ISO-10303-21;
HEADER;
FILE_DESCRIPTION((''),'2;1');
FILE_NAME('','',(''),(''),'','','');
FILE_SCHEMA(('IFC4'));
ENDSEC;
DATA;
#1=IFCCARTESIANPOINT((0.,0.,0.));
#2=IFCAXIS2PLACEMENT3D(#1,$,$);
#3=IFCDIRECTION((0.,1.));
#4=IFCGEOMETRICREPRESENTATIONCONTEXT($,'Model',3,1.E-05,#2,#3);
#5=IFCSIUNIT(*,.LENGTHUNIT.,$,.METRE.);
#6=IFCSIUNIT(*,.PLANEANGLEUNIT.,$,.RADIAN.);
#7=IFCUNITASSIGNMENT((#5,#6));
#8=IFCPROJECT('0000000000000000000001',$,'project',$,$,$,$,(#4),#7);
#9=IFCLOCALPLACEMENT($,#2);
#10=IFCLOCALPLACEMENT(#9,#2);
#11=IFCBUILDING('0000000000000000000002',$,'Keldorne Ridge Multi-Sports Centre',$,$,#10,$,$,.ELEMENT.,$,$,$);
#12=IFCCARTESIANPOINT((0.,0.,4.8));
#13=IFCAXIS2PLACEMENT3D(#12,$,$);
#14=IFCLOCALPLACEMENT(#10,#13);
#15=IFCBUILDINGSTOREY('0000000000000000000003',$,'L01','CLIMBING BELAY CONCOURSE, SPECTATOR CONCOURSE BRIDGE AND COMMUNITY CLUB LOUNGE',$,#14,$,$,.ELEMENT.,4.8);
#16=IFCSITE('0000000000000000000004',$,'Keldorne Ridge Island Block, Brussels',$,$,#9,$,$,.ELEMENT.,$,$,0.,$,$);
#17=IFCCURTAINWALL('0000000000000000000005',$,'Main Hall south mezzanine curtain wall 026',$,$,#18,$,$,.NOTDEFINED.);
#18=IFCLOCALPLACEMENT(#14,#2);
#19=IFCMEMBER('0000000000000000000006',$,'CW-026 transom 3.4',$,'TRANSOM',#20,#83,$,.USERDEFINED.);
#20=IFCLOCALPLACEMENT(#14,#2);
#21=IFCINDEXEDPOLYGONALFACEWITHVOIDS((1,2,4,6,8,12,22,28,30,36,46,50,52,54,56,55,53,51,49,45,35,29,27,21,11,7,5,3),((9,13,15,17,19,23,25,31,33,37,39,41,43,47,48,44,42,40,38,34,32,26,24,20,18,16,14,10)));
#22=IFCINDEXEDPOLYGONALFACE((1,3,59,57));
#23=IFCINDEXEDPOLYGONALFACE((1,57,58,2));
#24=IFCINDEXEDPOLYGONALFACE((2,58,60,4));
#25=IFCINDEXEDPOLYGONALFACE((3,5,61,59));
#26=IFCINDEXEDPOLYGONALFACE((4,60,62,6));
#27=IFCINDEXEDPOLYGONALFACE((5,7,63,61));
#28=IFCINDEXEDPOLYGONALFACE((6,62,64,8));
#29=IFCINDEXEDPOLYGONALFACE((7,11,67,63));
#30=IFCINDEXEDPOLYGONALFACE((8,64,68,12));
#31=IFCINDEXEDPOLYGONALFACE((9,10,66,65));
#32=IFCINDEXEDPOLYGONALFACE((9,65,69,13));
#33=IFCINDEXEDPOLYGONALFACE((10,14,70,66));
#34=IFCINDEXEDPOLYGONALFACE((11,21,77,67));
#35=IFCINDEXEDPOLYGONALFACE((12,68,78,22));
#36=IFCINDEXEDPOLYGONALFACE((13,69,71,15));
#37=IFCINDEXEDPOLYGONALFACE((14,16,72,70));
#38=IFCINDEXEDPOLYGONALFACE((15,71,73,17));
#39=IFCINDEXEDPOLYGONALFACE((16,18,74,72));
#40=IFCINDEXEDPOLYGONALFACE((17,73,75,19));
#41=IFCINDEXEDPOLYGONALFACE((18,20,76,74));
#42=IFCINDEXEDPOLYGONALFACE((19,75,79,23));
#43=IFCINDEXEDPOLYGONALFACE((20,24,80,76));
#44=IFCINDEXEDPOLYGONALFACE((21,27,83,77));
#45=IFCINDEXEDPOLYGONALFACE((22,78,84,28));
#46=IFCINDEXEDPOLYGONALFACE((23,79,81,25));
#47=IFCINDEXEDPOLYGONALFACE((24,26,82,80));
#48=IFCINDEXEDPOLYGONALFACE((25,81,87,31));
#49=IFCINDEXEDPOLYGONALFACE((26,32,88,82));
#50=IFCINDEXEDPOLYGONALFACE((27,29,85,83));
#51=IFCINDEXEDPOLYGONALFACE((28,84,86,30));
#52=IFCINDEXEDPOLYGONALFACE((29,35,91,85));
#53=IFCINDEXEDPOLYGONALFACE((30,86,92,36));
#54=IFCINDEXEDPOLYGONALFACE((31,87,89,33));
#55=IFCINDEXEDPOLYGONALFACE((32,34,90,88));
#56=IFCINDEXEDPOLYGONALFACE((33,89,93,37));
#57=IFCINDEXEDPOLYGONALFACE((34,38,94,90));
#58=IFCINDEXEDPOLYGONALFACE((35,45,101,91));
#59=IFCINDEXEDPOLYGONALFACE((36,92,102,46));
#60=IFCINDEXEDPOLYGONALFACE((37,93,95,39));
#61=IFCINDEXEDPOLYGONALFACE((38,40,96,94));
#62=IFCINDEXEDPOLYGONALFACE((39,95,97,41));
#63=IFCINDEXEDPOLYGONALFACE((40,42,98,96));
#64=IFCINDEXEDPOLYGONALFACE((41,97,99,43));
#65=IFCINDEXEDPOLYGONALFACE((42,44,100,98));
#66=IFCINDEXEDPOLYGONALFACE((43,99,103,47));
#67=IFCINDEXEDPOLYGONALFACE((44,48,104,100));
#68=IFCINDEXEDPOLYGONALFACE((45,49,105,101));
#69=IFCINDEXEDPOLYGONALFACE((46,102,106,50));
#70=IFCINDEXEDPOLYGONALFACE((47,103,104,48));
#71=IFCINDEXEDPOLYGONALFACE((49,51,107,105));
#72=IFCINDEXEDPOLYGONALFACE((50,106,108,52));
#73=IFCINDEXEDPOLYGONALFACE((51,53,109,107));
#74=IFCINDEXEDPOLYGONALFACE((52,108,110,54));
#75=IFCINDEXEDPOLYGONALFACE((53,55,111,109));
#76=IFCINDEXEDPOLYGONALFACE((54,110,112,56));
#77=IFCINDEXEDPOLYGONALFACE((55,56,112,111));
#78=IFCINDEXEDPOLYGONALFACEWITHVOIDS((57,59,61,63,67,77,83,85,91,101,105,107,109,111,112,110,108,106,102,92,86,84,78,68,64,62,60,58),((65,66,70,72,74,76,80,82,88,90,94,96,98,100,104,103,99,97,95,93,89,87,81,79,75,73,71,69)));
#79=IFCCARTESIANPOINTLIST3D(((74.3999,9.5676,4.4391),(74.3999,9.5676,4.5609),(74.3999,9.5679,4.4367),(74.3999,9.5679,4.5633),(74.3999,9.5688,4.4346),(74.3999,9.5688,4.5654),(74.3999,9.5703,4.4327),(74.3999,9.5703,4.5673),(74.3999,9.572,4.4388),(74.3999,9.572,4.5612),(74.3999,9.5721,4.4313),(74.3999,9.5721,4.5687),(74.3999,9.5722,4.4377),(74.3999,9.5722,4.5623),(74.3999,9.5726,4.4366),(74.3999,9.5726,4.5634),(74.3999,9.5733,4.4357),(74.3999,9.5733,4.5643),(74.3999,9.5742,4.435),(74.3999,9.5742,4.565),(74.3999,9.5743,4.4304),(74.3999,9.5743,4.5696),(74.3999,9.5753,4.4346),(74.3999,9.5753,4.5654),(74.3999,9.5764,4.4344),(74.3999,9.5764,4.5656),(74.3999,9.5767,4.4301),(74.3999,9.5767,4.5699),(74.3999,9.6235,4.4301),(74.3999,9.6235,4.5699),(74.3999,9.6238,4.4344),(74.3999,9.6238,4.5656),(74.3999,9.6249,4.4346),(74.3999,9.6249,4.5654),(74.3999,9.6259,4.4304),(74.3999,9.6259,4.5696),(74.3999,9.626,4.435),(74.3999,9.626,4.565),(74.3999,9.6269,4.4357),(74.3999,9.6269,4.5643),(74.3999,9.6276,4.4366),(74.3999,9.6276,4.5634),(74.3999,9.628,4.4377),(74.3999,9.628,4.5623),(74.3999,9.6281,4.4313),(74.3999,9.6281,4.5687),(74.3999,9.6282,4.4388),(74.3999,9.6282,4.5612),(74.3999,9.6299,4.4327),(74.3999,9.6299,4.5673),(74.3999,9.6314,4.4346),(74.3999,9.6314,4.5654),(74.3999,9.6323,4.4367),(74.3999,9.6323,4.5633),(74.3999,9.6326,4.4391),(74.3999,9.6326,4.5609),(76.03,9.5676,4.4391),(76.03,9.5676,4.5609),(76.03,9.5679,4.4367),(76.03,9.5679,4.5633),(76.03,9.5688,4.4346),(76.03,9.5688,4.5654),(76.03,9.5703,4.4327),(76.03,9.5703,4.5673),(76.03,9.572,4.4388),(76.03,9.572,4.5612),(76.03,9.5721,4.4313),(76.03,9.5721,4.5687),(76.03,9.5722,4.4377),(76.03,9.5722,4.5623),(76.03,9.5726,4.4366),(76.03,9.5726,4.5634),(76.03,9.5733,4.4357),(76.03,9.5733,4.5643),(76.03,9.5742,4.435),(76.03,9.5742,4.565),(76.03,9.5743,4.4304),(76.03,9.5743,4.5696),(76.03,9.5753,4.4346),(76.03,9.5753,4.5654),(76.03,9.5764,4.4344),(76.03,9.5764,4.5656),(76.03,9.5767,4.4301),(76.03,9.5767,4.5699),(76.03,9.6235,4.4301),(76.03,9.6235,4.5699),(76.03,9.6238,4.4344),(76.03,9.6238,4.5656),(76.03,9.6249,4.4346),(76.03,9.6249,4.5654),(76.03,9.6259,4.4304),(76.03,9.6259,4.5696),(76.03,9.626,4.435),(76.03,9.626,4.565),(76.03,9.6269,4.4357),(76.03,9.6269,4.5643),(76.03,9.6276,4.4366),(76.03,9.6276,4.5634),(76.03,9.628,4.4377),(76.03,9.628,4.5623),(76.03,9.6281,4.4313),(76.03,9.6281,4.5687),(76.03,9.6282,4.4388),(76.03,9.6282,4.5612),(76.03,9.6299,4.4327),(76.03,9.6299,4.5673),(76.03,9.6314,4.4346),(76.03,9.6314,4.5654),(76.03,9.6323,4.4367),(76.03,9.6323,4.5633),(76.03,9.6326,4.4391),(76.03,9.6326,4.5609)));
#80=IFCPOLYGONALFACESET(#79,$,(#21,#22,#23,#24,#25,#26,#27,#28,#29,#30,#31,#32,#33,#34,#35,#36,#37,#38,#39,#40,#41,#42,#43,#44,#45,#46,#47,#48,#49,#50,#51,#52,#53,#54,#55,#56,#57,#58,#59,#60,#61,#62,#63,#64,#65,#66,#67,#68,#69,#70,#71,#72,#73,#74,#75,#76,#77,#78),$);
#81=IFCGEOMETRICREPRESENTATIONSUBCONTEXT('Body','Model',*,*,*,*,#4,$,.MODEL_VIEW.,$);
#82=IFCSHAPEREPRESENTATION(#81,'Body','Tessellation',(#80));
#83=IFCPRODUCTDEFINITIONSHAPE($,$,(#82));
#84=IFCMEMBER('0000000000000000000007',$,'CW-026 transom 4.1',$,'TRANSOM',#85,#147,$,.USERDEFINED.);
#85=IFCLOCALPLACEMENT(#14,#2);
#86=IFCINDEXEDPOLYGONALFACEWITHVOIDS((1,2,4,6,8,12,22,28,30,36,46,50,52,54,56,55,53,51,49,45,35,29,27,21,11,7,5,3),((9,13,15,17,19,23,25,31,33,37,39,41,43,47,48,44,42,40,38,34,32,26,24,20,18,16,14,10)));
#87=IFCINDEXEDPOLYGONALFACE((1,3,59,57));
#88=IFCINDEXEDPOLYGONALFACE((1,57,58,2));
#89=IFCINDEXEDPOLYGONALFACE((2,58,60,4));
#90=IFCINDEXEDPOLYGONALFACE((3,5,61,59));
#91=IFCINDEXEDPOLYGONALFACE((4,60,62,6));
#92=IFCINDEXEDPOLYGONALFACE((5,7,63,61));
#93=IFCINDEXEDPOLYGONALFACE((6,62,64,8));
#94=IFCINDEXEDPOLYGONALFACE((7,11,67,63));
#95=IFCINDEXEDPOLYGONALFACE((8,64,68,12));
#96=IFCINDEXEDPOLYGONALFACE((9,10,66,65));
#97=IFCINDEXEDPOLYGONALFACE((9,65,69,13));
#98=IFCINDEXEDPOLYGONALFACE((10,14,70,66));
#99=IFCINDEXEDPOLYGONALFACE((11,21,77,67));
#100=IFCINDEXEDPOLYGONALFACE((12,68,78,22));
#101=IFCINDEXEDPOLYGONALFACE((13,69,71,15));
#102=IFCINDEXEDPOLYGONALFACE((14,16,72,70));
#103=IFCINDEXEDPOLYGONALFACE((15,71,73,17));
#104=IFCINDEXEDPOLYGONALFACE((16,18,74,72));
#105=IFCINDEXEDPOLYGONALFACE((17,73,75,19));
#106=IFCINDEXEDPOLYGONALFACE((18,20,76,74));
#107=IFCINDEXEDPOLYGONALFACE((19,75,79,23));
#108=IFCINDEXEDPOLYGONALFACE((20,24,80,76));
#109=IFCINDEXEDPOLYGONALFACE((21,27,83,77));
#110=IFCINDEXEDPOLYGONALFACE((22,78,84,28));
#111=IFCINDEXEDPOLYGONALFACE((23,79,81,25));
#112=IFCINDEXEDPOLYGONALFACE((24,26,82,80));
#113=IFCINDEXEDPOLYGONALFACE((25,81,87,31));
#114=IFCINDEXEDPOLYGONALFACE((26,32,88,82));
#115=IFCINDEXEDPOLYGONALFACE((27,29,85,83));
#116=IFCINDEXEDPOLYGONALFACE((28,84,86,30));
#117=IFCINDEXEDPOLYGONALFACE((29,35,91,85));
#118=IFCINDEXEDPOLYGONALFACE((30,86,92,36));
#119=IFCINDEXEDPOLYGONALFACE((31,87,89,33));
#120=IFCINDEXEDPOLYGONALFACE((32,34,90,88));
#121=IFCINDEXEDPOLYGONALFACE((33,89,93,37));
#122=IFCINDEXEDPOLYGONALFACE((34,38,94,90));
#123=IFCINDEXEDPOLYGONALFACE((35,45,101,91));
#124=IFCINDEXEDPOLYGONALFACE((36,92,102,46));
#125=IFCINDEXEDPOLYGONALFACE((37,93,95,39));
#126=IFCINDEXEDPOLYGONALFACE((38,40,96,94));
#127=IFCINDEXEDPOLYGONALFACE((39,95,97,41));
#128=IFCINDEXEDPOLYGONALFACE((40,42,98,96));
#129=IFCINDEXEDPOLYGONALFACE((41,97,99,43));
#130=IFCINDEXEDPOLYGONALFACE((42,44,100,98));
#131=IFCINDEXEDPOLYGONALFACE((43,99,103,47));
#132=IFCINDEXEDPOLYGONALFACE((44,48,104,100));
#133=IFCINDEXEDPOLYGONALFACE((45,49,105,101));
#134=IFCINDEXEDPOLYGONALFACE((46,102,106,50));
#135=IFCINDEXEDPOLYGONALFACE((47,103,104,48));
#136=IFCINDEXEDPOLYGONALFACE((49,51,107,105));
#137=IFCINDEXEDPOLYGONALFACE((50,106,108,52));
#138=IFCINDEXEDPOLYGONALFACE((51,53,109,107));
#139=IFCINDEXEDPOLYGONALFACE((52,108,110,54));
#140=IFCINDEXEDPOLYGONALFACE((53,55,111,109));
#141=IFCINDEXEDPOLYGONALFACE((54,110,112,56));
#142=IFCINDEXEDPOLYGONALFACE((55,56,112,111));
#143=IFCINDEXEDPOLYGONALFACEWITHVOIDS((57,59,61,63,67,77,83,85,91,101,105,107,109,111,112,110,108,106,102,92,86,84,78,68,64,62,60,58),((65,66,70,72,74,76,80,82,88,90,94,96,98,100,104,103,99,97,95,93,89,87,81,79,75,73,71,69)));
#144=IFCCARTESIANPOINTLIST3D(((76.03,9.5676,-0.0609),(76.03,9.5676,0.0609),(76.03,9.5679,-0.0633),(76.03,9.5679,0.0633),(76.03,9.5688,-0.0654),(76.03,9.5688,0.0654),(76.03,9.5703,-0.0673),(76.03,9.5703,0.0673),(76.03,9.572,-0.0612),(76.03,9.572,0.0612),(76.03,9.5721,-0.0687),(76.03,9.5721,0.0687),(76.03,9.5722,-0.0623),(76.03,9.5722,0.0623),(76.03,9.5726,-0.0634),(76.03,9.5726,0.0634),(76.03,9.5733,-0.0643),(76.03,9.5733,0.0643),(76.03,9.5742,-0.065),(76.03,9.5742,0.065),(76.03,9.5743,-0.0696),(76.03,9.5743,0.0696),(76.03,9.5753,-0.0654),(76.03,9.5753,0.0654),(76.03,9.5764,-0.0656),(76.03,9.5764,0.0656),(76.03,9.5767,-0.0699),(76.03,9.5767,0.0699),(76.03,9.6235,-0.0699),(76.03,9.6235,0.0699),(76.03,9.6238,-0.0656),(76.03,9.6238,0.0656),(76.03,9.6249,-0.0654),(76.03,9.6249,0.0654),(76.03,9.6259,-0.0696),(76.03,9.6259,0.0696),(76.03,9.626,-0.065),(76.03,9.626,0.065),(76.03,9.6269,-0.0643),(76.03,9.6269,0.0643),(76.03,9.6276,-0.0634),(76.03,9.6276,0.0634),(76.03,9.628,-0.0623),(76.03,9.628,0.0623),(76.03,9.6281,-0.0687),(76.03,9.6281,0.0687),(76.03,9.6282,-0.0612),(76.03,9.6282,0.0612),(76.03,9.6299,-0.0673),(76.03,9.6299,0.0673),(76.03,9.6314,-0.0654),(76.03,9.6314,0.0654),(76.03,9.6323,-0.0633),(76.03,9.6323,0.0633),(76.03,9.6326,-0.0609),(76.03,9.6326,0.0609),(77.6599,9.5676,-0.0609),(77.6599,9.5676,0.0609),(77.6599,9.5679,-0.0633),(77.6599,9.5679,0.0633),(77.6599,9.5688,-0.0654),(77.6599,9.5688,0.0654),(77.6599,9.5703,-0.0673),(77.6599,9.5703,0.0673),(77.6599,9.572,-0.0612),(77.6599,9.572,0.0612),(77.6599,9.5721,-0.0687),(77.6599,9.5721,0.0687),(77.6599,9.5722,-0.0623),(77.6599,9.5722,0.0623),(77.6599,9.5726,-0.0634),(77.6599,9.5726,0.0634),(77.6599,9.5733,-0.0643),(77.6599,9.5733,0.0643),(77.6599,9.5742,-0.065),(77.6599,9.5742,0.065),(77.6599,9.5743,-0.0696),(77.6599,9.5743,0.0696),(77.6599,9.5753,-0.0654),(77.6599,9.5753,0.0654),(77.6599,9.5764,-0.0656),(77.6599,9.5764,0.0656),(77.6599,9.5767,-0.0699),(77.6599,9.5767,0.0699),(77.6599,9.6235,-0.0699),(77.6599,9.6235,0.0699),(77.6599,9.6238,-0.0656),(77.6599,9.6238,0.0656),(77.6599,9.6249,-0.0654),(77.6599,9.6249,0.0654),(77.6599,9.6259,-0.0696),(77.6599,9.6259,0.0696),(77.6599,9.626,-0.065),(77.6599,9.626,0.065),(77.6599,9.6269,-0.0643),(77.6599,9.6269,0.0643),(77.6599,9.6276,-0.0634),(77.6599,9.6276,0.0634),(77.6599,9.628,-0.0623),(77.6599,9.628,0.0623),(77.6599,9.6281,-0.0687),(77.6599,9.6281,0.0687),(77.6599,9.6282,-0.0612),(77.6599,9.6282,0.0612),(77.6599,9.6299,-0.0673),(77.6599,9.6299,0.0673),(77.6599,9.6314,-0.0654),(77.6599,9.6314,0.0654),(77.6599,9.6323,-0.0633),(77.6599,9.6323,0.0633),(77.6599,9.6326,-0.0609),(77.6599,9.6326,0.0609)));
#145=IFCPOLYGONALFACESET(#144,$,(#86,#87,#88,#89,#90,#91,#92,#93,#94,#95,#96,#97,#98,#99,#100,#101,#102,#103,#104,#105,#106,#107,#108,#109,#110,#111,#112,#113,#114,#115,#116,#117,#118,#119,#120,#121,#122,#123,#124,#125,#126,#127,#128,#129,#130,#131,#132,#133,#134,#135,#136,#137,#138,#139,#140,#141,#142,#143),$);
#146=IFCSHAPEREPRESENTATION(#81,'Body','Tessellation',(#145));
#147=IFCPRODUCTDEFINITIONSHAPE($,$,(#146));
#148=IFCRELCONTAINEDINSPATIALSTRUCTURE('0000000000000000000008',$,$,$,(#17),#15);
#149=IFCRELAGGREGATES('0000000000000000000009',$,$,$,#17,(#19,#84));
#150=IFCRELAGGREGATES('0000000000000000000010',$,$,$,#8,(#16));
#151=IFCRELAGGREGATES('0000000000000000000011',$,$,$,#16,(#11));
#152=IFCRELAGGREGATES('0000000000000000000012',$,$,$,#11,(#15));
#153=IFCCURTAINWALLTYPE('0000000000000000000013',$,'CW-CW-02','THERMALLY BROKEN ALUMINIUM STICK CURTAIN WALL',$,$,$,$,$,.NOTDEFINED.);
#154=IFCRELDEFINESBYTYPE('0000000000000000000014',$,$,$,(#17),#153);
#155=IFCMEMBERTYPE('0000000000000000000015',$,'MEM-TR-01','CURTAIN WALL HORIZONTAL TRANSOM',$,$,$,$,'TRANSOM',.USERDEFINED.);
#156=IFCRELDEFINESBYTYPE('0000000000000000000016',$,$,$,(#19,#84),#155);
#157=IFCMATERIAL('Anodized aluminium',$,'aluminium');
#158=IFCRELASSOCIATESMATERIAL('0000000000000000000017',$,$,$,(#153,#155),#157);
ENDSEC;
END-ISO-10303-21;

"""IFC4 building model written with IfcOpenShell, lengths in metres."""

from ifc_helpers import new_model, si_unit, direction, frame, origin, origin_2d, place, context, subcontext, project, spatial, hollow_rectangle, extrude, material, material_profile, profile_set, type_object, element, aggregate, save


model = new_model("IFC4")

# Units and contexts
model_context = context("Model", 3, precision=1e-05, world=origin(), true_north=direction((0.0, 1.0)))
body_context = subcontext(model_context, "Body", "Model", "MODEL_VIEW")
ifc_project = project(units=[si_unit("LENGTHUNIT", "METRE"), si_unit("PLANEANGLEUNIT", "RADIAN")], contexts=[model_context])

# Site, building, storey
site_placement = place(None, origin())
site = spatial("IfcSite", under=ifc_project, at=site_placement, Name="Keldorne Ridge Island Block, Brussels", CompositionType="ELEMENT", RefElevation=0.0)
building_placement = place(site_placement, origin())
building = spatial("IfcBuilding", under=site, at=building_placement, Name="Keldorne Ridge Multi-Sports Centre", CompositionType="ELEMENT")
storey_placement = place(building_placement, frame((0.0, 0.0, 4.8)))
storey = spatial("IfcBuildingStorey", under=building, at=storey_placement, Name="L01", Description="CLIMBING BELAY CONCOURSE, SPECTATOR CONCOURSE BRIDGE AND COMMUNITY CLUB LOUNGE", CompositionType="ELEMENT", Elevation=4.8)

# Curtain wall, members
ifc_material_1 = material(Name="Anodized aluminium", Category="aluminium")
curtain_wall_type = type_object("IfcCurtainWallType", Name="CW-CW-02", Description="THERMALLY BROKEN ALUMINIUM STICK CURTAIN WALL", PredefinedType="NOTDEFINED", material=ifc_material_1)
curtain_wall_placement = place(storey_placement, origin())
curtain_wall = element("IfcCurtainWall", 1, at=curtain_wall_placement, inside=storey, type_object=curtain_wall_type, Name="Main Hall south mezzanine curtain wall 026", PredefinedType="NOTDEFINED")
ifc_material_profile_1 = material_profile(ifc_material_1, hollow_rectangle(XDim=0.0649, YDim=0.1399, WallThickness=0.0044, InnerFilletRadius=0.0044, OuterFilletRadius=0.009, at=origin_2d()), Name="ALU TRANSOM 140x65x4.5")
ifc_profile_set_1 = profile_set([ifc_material_profile_1], Name="Anodized aluminium")
member_type_1 = type_object("IfcMemberType", Name="MEM-TR-01", Description="CURTAIN WALL HORIZONTAL TRANSOM", ElementType="TRANSOM", PredefinedType="USERDEFINED", material=ifc_profile_set_1)
member_1_placement = place(storey_placement, frame((74.3999, 9.6001, 4.5), z_axis=(1.0, 0.0, 0.0), x_axis=(0.0, 1.0, 0.0)))
member_1 = element("IfcMember", 2, at=member_1_placement, type_object=member_type_1, Name="CW-026 transom 3.4", ObjectType="TRANSOM", PredefinedType="USERDEFINED", context=body_context, shape_type="SweptSolid", body=[
    extrude(hollow_rectangle(XDim=0.0649, YDim=0.1399, WallThickness=0.0044, InnerFilletRadius=0.0044, OuterFilletRadius=0.009, at=origin_2d()), origin(), (0.0, 0.0, 1.0), 1.6301),
])
member_2_placement = place(storey_placement, frame((76.03, 9.6001, 0.0), z_axis=(1.0, 0.0, 0.0), x_axis=(0.0, 1.0, 0.0)))
member_2 = element("IfcMember", 3, at=member_2_placement, type_object=member_type_1, Name="CW-026 transom 4.1", ObjectType="TRANSOM", PredefinedType="USERDEFINED", context=body_context, shape_type="SweptSolid", body=[
    extrude(hollow_rectangle(XDim=0.0649, YDim=0.1399, WallThickness=0.0044, InnerFilletRadius=0.0044, OuterFilletRadius=0.009, at=origin_2d()), origin(), (0.0, 0.0, 1.0), 1.6299),
])
aggregate(curtain_wall, [member_1, member_2])

save(model, "model.ifc")
